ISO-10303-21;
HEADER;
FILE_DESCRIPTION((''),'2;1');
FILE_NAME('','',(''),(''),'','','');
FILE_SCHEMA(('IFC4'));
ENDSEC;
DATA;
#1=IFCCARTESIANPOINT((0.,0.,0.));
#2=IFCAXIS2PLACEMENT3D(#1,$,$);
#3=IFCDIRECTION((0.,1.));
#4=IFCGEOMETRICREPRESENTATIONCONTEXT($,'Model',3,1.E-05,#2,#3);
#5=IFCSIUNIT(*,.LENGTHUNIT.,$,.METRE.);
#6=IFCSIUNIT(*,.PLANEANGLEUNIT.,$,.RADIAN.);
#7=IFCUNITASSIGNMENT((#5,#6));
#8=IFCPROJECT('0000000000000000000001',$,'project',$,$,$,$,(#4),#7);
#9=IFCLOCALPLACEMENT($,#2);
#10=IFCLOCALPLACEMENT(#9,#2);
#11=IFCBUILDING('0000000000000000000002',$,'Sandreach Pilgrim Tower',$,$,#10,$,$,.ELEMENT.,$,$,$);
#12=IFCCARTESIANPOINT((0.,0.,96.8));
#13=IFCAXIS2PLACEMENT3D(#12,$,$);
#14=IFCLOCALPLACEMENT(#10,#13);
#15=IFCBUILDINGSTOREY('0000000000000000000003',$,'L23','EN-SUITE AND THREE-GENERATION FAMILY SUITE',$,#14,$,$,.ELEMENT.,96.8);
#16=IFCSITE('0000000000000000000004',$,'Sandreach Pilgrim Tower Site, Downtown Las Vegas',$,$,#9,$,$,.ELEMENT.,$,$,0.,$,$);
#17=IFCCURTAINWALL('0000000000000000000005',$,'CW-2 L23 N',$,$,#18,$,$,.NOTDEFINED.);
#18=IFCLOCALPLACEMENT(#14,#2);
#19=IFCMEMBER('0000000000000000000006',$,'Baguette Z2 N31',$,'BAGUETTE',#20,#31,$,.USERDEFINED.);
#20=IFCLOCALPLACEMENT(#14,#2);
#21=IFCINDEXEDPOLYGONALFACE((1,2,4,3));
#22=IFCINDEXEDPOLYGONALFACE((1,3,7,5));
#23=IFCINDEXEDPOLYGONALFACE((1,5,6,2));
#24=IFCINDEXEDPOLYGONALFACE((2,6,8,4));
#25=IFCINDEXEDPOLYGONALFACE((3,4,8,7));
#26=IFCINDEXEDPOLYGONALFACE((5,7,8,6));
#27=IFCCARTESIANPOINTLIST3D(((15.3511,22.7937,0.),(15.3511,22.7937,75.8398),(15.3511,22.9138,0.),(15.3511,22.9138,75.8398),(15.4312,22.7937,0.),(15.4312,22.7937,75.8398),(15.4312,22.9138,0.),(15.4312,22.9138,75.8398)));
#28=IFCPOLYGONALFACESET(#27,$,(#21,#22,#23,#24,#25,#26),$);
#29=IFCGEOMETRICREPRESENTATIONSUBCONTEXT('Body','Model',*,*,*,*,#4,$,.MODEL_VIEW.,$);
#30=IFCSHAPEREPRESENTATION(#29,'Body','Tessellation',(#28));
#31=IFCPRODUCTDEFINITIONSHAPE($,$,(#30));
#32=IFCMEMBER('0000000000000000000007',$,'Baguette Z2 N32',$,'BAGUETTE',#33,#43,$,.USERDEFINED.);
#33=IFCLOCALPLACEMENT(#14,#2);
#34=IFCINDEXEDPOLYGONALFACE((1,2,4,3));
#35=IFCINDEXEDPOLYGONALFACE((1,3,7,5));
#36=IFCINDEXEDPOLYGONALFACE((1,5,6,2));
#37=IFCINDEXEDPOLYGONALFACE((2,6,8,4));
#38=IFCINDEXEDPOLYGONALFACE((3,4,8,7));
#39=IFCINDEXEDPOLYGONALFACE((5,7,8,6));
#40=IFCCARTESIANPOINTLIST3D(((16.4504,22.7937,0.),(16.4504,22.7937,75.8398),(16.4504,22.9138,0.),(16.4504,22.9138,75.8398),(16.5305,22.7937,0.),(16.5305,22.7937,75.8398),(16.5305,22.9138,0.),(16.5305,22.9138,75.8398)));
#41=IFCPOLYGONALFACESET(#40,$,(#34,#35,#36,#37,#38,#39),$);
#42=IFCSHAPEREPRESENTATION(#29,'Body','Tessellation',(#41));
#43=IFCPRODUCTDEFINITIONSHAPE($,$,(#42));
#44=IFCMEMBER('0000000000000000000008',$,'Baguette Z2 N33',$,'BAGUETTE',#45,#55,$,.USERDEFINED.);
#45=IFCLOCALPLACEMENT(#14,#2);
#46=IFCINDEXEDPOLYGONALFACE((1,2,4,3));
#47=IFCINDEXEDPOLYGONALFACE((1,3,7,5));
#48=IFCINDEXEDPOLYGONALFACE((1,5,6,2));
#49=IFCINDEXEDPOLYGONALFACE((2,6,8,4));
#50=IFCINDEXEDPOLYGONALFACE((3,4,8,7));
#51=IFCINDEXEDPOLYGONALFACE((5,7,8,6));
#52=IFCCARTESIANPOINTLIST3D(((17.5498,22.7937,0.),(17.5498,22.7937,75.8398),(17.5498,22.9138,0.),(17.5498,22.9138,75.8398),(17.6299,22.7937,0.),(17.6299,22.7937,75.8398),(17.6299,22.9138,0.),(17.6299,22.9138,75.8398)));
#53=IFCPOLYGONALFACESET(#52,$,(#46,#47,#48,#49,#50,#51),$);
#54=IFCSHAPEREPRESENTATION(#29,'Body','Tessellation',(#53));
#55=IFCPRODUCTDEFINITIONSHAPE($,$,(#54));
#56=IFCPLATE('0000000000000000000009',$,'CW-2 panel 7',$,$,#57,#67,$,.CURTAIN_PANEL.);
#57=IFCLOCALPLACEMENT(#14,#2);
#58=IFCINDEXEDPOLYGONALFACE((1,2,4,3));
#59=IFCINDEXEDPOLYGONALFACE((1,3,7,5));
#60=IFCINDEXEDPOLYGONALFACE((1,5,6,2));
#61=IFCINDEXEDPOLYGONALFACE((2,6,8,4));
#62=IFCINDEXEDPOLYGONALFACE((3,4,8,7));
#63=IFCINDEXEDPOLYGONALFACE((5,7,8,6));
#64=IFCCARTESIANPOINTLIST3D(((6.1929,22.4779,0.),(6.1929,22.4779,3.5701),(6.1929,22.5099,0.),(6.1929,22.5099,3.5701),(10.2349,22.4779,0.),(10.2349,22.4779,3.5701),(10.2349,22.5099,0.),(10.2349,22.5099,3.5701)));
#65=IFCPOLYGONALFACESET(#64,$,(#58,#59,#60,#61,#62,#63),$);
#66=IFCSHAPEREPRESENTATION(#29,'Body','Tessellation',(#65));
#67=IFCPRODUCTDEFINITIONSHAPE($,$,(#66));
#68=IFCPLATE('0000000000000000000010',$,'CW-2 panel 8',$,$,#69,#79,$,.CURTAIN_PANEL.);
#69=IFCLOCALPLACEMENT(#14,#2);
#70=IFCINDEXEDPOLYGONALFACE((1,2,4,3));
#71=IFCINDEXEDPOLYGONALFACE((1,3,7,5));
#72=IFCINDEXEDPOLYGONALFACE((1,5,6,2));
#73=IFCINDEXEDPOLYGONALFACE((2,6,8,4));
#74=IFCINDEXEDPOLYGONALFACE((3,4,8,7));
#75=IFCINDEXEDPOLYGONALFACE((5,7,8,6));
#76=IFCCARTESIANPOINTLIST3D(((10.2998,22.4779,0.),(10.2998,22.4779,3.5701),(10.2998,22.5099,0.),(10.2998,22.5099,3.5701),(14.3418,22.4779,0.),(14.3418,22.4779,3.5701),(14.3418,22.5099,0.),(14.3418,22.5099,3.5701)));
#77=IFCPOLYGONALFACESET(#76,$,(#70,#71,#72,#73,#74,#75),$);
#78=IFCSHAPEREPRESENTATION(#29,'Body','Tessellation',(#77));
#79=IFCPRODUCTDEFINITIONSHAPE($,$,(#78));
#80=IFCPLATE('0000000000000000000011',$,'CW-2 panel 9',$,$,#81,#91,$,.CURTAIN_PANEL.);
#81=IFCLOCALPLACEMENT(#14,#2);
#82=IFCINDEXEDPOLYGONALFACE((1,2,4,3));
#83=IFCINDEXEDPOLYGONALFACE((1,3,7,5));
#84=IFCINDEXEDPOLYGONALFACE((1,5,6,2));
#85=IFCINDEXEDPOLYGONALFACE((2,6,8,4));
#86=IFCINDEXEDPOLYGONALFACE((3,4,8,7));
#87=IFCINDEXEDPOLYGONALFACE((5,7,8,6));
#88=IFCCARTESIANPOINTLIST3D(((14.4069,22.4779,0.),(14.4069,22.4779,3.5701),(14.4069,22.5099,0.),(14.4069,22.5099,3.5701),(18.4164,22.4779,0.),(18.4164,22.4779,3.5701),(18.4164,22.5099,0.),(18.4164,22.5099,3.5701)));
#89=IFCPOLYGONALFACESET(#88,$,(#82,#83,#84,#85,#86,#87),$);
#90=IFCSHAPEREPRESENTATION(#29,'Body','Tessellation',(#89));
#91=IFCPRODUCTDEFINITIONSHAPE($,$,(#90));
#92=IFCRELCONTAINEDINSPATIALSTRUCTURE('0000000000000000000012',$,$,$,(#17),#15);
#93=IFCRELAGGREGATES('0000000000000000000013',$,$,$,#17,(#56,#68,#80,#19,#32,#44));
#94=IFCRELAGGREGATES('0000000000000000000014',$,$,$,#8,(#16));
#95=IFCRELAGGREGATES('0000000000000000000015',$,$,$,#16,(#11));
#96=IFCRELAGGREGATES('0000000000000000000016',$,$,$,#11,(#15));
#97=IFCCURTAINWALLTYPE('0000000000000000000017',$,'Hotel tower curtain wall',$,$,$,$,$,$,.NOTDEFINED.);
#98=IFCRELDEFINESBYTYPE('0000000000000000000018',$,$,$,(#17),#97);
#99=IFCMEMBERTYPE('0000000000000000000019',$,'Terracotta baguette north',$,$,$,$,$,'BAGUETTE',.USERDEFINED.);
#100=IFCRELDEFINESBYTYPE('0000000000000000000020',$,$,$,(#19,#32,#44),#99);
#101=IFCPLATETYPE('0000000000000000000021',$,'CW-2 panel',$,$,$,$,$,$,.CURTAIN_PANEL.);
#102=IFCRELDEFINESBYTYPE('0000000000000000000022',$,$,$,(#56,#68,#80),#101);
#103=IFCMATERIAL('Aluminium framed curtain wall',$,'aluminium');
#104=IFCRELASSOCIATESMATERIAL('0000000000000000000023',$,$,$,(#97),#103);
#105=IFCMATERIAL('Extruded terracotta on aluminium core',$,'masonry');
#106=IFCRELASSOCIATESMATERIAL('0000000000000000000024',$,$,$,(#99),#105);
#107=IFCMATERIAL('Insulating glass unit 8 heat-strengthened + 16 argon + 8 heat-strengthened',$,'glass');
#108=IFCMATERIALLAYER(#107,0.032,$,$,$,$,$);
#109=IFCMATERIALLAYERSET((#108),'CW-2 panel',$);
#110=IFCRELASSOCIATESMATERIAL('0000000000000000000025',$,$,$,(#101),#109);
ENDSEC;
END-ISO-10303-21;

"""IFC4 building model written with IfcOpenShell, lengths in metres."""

from ifc_helpers import new_model, si_unit, direction, frame, origin, origin_2d, place, context, subcontext, project, spatial, rectangle, extrude, material, layer, layer_set, material_profile, profile_set, type_object, element, aggregate, save


model = new_model("IFC4")

# Units and contexts
model_context = context("Model", 3, precision=1e-05, world=origin(), true_north=direction((0.0, 1.0)))
body_context = subcontext(model_context, "Body", "Model", "MODEL_VIEW")
ifc_project = project(units=[si_unit("LENGTHUNIT", "METRE"), si_unit("PLANEANGLEUNIT", "RADIAN")], contexts=[model_context])

# Site, building, storey
site_placement = place(None, origin())
site = spatial("IfcSite", under=ifc_project, at=site_placement, Name="Sandreach Pilgrim Tower Site, Downtown Las Vegas", CompositionType="ELEMENT", RefElevation=0.0)
building_placement = place(site_placement, origin())
building = spatial("IfcBuilding", under=site, at=building_placement, Name="Sandreach Pilgrim Tower", CompositionType="ELEMENT")
storey_placement = place(building_placement, frame((0.0, 0.0, 96.8)))
storey = spatial("IfcBuildingStorey", under=building, at=storey_placement, Name="L23", Description="EN-SUITE AND THREE-GENERATION FAMILY SUITE", CompositionType="ELEMENT", Elevation=96.8)

# Curtain wall
ifc_material_1 = material(Name="Aluminium framed curtain wall", Category="aluminium")
curtain_wall_type = type_object("IfcCurtainWallType", Name="Hotel tower curtain wall", PredefinedType="NOTDEFINED", material=ifc_material_1)
curtain_wall_placement = place(storey_placement, origin())
curtain_wall = element("IfcCurtainWall", 1, at=curtain_wall_placement, inside=storey, type_object=curtain_wall_type, Name="CW-2 L23 N", PredefinedType="NOTDEFINED")

# Members
ifc_material_2 = material(Name="Extruded terracotta on aluminium core", Category="masonry")
ifc_material_profile_1 = material_profile(ifc_material_2, rectangle(XDim=0.0801, YDim=0.1201, at=origin_2d()), Name="TBN 80X120")
ifc_profile_set_1 = profile_set([ifc_material_profile_1], Name="Extruded terracotta on aluminium core")
member_type_1 = type_object("IfcMemberType", Name="Terracotta baguette north", ElementType="BAGUETTE", PredefinedType="USERDEFINED", material=ifc_profile_set_1)
member_1_placement = place(storey_placement, frame((15.3911, 22.8538, 0.0), z_axis=(0.0, 0.0, 1.0), x_axis=(1.0, 0.0, 0.0)))
member_1 = element("IfcMember", 2, at=member_1_placement, type_object=member_type_1, Name="Baguette Z2 N31", ObjectType="BAGUETTE", PredefinedType="USERDEFINED", context=body_context, shape_type="SweptSolid", body=[
    extrude(rectangle(XDim=0.0801, YDim=0.1201, at=origin_2d()), origin(), (0.0, 0.0, 1.0), 75.8398),
])
member_2_placement = place(storey_placement, frame((16.4905, 22.8538, 0.0), z_axis=(0.0, 0.0, 1.0), x_axis=(1.0, 0.0, 0.0)))
member_2 = element("IfcMember", 3, at=member_2_placement, type_object=member_type_1, Name="Baguette Z2 N32", ObjectType="BAGUETTE", PredefinedType="USERDEFINED", context=body_context, shape_type="SweptSolid", body=[
    extrude(rectangle(XDim=0.0801, YDim=0.1201, at=origin_2d()), origin(), (0.0, 0.0, 1.0), 75.8398),
])
member_3_placement = place(storey_placement, frame((17.5898, 22.8538, 0.0), z_axis=(0.0, 0.0, 1.0), x_axis=(1.0, 0.0, 0.0)))
member_3 = element("IfcMember", 4, at=member_3_placement, type_object=member_type_1, Name="Baguette Z2 N33", ObjectType="BAGUETTE", PredefinedType="USERDEFINED", context=body_context, shape_type="SweptSolid", body=[
    extrude(rectangle(XDim=0.0801, YDim=0.1201, at=origin_2d()), origin(), (0.0, 0.0, 1.0), 75.8398),
])

# Plates
ifc_material_3 = material(Name="Insulating glass unit 8 heat-strengthened + 16 argon + 8 heat-strengthened", Category="glass")
ifc_layer = layer(ifc_material_3, 0.032)
ifc_layer_set = layer_set([ifc_layer], Name="CW-2 panel")
plate_type = type_object("IfcPlateType", Name="CW-2 panel", PredefinedType="CURTAIN_PANEL", material=ifc_layer_set)
plate_1_placement = place(storey_placement, frame((8.2139, 22.4939, 0.0), z_axis=(0.0, 0.0, 1.0), x_axis=(1.0, 0.0, 0.0)))
plate_1 = element("IfcPlate", 5, at=plate_1_placement, type_object=plate_type, Name="CW-2 panel 7", PredefinedType="CURTAIN_PANEL", context=body_context, shape_type="SweptSolid", body=[
    extrude(rectangle(XDim=4.042, YDim=0.032, at=origin_2d()), origin(), (0.0, 0.0, 1.0), 3.5701),
])
plate_2_placement = place(storey_placement, frame((12.3208, 22.4939, 0.0), z_axis=(0.0, 0.0, 1.0), x_axis=(1.0, 0.0, 0.0)))
plate_2 = element("IfcPlate", 6, at=plate_2_placement, type_object=plate_type, Name="CW-2 panel 8", PredefinedType="CURTAIN_PANEL", context=body_context, shape_type="SweptSolid", body=[
    extrude(rectangle(XDim=4.042, YDim=0.032, at=origin_2d()), origin(), (0.0, 0.0, 1.0), 3.5701),
])
plate_3_placement = place(storey_placement, frame((16.4116, 22.4939, 0.0), z_axis=(0.0, 0.0, 1.0), x_axis=(1.0, 0.0, 0.0)))
plate_3 = element("IfcPlate", 7, at=plate_3_placement, type_object=plate_type, Name="CW-2 panel 9", PredefinedType="CURTAIN_PANEL", context=body_context, shape_type="SweptSolid", body=[
    extrude(rectangle(XDim=4.0095, YDim=0.032, at=origin_2d()), origin(), (0.0, 0.0, 1.0), 3.5701),
])
aggregate(curtain_wall, [plate_1, plate_2, plate_3, member_1, member_2, member_3])

save(model, "model.ifc")
